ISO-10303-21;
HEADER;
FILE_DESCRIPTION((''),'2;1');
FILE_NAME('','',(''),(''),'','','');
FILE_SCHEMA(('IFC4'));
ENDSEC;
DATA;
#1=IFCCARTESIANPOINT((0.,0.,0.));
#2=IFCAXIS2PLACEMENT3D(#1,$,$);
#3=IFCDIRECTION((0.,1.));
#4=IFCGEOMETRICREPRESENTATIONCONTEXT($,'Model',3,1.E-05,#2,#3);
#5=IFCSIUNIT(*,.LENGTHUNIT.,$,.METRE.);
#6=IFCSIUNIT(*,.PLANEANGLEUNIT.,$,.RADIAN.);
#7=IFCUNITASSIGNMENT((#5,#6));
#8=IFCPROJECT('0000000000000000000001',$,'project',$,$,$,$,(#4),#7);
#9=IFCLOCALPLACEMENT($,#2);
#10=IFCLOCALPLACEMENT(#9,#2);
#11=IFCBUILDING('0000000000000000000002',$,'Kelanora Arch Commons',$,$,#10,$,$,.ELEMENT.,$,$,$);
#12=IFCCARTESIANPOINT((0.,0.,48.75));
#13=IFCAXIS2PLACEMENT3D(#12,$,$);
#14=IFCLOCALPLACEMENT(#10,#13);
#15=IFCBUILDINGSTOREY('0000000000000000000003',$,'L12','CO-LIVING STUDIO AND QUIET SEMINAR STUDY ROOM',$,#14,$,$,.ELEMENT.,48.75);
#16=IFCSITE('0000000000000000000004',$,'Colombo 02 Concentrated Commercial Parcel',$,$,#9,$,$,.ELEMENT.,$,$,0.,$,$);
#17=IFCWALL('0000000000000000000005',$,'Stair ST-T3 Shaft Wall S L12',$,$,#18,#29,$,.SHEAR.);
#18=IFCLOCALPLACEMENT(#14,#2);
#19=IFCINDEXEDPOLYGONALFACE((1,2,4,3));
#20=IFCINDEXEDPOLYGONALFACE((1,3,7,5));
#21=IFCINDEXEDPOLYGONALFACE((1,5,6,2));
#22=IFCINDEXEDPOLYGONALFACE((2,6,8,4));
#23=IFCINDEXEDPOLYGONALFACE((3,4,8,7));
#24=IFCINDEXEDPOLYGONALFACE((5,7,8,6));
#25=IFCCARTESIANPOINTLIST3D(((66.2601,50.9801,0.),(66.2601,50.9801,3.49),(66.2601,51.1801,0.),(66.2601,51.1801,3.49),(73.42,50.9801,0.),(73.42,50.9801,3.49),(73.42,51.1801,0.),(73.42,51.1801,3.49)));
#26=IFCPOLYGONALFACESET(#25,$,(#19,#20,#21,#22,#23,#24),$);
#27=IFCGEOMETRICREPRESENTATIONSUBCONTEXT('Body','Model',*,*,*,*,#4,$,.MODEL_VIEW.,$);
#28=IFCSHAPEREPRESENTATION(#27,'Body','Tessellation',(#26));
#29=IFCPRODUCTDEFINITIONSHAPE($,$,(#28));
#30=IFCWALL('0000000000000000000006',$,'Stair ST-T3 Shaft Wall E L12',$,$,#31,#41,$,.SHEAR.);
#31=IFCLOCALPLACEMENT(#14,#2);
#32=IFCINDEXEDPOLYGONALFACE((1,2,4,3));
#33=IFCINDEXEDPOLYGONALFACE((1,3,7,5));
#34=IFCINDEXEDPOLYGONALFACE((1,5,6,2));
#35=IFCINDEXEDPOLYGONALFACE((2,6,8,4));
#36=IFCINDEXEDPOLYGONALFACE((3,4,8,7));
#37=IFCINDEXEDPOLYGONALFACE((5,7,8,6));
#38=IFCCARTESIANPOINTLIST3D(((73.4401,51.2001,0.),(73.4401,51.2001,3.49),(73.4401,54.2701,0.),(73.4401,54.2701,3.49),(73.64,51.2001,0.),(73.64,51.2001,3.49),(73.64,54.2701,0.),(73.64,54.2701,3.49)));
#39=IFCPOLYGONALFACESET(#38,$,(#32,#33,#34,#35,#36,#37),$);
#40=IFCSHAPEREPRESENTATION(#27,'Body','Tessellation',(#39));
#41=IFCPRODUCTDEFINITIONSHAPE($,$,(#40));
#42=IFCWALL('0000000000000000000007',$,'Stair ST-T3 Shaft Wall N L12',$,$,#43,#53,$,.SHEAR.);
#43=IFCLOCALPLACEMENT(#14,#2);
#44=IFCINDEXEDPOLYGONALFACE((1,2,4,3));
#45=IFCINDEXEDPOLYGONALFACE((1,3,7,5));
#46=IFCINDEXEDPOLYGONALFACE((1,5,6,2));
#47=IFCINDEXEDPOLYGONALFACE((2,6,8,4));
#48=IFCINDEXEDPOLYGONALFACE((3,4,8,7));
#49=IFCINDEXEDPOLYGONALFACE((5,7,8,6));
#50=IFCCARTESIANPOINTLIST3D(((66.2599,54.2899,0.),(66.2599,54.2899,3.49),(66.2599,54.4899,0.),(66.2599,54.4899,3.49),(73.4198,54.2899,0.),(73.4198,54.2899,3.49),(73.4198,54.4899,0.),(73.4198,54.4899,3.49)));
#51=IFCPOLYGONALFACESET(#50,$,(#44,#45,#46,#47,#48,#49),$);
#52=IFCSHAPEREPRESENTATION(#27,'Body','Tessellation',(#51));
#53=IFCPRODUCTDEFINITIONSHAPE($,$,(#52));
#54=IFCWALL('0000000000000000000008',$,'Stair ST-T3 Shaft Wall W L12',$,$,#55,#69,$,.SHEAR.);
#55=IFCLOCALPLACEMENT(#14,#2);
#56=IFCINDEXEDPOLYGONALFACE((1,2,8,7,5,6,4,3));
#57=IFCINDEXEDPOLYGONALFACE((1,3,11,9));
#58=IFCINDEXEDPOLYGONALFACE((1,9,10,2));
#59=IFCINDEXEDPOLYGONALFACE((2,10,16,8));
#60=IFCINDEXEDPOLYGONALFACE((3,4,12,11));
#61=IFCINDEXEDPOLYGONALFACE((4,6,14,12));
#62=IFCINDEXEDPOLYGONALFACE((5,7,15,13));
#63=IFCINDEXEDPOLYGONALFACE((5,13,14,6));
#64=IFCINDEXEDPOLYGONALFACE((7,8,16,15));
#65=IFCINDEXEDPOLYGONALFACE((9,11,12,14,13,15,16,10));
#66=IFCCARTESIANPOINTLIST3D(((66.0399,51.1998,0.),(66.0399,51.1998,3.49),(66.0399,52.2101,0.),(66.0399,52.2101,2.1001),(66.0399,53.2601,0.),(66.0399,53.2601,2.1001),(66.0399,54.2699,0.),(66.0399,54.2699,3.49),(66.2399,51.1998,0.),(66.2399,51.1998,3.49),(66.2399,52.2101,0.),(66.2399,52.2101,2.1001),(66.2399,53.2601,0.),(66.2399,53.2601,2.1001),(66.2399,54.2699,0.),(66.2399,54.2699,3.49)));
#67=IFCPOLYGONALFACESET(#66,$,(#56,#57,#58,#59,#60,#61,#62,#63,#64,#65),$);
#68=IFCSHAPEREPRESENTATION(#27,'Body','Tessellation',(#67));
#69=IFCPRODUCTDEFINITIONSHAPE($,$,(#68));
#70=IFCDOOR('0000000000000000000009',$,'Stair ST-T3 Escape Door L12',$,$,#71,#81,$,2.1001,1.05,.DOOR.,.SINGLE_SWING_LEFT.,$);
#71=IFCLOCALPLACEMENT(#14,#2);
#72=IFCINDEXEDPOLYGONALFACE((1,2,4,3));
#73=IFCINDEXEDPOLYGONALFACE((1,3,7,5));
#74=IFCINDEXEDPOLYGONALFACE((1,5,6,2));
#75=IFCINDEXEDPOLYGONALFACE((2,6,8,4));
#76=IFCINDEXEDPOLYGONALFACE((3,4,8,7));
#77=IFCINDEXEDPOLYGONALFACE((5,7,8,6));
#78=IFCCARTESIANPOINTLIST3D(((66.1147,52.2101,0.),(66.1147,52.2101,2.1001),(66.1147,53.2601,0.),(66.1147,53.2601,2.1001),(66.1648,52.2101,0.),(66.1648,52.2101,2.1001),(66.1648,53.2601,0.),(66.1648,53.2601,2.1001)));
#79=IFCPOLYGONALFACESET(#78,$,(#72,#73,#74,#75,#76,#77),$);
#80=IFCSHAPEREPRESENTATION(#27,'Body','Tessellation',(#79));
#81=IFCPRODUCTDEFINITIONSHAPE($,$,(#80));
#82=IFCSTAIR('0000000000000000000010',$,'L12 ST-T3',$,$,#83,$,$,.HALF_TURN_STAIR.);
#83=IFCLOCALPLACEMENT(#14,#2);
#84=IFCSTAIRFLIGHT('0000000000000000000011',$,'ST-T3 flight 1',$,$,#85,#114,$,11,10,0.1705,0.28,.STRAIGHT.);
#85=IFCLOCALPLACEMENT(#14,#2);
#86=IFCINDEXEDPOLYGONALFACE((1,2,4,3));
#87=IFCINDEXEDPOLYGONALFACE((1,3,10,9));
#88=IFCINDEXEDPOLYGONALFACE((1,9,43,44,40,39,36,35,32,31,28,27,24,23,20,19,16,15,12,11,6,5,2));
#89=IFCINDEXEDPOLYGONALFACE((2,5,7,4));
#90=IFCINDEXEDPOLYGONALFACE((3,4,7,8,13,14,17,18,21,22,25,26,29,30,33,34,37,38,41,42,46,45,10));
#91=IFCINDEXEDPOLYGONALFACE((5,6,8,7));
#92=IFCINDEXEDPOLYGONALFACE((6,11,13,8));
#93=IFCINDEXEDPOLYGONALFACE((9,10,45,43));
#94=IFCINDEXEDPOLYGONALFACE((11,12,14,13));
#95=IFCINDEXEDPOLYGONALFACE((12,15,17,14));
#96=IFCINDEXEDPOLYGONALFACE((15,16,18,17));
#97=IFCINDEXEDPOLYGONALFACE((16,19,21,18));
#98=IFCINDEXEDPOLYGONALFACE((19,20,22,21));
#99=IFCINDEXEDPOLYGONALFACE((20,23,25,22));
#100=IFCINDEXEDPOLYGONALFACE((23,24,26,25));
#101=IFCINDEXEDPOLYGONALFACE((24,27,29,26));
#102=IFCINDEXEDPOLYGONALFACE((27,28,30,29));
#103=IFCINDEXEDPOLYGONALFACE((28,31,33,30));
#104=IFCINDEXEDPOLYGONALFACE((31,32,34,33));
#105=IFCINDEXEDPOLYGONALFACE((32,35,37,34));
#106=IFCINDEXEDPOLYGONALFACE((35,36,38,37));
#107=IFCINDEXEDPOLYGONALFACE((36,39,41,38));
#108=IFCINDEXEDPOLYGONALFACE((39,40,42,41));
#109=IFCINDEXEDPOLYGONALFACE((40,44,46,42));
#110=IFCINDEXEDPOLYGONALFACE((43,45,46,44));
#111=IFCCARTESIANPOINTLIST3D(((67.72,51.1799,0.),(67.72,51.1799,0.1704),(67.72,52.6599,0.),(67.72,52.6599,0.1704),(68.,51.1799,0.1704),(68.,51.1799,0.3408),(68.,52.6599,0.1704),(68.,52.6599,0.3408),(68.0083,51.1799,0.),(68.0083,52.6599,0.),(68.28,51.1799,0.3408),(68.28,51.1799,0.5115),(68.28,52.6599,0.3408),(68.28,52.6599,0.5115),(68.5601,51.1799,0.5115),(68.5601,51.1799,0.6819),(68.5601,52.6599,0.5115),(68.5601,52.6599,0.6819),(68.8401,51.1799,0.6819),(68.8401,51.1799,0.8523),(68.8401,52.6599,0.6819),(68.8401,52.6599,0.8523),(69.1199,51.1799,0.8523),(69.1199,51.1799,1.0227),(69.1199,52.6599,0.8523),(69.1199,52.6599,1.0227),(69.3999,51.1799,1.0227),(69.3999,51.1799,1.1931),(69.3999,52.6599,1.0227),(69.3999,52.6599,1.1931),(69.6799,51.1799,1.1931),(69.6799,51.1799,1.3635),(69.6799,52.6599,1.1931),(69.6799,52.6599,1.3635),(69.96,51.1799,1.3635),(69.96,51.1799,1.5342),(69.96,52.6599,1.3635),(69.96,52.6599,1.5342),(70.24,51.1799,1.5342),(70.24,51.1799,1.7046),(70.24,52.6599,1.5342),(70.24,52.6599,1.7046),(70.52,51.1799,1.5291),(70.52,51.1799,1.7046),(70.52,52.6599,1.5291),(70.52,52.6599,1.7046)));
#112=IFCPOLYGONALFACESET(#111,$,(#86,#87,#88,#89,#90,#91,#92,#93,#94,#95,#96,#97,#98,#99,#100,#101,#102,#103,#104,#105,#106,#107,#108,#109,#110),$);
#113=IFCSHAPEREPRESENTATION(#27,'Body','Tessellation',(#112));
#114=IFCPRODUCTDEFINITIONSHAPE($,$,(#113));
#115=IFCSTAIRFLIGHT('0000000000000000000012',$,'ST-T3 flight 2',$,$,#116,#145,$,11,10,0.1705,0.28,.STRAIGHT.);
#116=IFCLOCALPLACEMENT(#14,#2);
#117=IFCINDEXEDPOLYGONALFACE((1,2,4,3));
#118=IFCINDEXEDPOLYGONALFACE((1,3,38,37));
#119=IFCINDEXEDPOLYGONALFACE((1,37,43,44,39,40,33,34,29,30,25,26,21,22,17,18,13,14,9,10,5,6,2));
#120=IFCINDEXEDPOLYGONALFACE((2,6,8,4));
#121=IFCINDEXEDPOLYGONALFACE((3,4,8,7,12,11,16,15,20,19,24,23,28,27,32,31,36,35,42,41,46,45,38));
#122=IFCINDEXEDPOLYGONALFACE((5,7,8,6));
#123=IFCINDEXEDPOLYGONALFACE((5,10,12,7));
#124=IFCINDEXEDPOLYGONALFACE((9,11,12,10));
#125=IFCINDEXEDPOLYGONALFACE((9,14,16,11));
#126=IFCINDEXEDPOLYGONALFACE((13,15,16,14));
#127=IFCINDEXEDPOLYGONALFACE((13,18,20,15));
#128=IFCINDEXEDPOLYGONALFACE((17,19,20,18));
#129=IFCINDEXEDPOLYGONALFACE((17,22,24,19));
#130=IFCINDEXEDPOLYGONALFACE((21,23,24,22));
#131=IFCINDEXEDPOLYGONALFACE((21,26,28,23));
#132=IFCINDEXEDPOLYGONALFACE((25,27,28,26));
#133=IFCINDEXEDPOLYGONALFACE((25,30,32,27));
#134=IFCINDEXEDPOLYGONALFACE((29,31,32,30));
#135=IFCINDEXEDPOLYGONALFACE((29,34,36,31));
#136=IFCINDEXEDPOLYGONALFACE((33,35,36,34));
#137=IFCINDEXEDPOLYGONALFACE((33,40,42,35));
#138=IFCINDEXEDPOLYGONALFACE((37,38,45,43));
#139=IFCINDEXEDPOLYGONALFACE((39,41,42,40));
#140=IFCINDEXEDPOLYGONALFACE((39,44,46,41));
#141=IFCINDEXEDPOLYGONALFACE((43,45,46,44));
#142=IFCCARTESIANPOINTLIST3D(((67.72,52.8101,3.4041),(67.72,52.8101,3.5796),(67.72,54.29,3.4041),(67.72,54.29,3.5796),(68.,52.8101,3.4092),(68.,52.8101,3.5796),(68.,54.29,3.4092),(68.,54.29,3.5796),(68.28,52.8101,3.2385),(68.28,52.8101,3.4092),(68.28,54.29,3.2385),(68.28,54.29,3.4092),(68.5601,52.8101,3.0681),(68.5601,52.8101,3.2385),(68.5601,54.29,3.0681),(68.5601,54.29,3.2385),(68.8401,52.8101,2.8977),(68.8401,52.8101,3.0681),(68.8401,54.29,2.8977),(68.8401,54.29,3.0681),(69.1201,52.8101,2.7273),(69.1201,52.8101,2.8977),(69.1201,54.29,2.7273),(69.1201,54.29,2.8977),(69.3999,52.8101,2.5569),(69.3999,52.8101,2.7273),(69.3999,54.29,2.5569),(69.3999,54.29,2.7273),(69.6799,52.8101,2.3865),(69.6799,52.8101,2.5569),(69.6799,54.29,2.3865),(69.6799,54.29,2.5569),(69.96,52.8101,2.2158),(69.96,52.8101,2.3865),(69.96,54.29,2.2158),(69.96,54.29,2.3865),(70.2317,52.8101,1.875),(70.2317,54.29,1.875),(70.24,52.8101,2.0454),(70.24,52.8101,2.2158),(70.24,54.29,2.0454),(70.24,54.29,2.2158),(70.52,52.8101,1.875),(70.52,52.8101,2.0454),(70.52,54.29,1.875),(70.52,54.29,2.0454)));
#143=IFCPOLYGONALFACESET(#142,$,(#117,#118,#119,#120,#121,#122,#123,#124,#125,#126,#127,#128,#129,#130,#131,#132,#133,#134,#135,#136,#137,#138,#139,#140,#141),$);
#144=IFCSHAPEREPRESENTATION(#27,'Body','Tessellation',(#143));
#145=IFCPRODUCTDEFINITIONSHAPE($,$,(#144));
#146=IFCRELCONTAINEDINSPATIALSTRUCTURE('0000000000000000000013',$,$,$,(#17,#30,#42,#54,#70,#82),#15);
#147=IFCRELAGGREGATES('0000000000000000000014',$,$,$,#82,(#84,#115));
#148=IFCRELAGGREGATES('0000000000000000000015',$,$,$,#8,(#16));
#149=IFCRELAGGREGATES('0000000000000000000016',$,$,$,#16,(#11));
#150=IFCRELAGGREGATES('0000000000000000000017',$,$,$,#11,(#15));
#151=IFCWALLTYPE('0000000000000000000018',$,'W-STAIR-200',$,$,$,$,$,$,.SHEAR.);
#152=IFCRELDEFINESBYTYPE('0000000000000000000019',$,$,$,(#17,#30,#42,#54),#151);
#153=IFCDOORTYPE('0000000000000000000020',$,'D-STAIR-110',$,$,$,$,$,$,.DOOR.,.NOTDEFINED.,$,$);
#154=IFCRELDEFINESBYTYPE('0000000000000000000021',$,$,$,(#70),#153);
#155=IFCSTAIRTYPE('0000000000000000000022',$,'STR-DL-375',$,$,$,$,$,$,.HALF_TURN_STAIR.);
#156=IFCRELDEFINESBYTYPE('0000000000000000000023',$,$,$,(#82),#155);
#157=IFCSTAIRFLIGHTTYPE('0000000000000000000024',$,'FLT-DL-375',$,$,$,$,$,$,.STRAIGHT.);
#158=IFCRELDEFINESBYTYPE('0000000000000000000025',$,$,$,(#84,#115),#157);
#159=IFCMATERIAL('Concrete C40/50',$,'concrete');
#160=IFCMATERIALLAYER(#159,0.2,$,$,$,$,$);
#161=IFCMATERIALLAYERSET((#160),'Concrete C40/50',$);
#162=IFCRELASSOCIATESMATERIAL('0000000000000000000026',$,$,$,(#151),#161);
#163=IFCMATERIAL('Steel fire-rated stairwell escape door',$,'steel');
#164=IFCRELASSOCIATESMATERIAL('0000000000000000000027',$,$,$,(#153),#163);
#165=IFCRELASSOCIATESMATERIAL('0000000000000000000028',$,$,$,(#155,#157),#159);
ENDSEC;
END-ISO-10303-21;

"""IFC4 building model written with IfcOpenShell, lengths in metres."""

from ifc_helpers import new_model, si_unit, direction, frame, frame_2d, origin, place, context, subcontext, project, spatial, polyline, rectangle, outline, extrude, material, layer, layer_set, type_object, element, fill, aggregate, save


model = new_model("IFC4")

# Units and contexts
model_context = context("Model", 3, precision=1e-05, world=origin(), true_north=direction((0.0, 1.0)))
body_context = subcontext(model_context, "Body", "Model", "MODEL_VIEW")
ifc_project = project(units=[si_unit("LENGTHUNIT", "METRE"), si_unit("PLANEANGLEUNIT", "RADIAN")], contexts=[model_context])

# Site, building, storey
site_placement = place(None, origin())
site = spatial("IfcSite", under=ifc_project, at=site_placement, Name="Colombo 02 Concentrated Commercial Parcel", CompositionType="ELEMENT", RefElevation=0.0)
building_placement = place(site_placement, origin())
building = spatial("IfcBuilding", under=site, at=building_placement, Name="Kelanora Arch Commons", CompositionType="ELEMENT")
storey_placement = place(building_placement, frame((0.0, 0.0, 48.75)))
storey = spatial("IfcBuildingStorey", under=building, at=storey_placement, Name="L12", Description="CO-LIVING STUDIO AND QUIET SEMINAR STUDY ROOM", CompositionType="ELEMENT", Elevation=48.75)

# Shared definitions
ifc_material_1 = material(Name="Concrete C40/50", Category="concrete")

# Walls
ifc_layer_1 = layer(ifc_material_1, 0.2)
ifc_layer_set_1 = layer_set([ifc_layer_1], Name="Concrete C40/50")
wall_type_1 = type_object("IfcWallType", Name="W-STAIR-200", PredefinedType="SHEAR", material=ifc_layer_set_1)
wall_1_placement = place(storey_placement, frame((66.26, 51.0801, 0.0), z_axis=(0.0, 0.0, 1.0), x_axis=(1.0, 0.0, 0.0)))
element("IfcWall", 1, at=wall_1_placement, inside=storey, type_object=wall_type_1, Name="Stair ST-T3 Shaft Wall S L12", PredefinedType="SHEAR", context=body_context, shape_type="SweptSolid", body=[
    extrude(rectangle(XDim=7.1599, YDim=0.2, at=frame_2d((3.5801, 0.0))), origin(), (0.0, 0.0, 1.0), 3.49),
])
wall_2_placement = place(storey_placement, frame((73.54, 51.2, 0.0), z_axis=(0.0, 0.0, 1.0), x_axis=(0.0, 1.0, 0.0)))
element("IfcWall", 2, at=wall_2_placement, inside=storey, type_object=wall_type_1, Name="Stair ST-T3 Shaft Wall E L12", PredefinedType="SHEAR", context=body_context, shape_type="SweptSolid", body=[
    extrude(rectangle(XDim=3.0701, YDim=0.2, at=frame_2d((1.5352, 0.0))), origin(), (0.0, 0.0, 1.0), 3.49),
])
wall_3_placement = place(storey_placement, frame((73.4199, 54.3899, 0.0), z_axis=(0.0, 0.0, 1.0), x_axis=(-1.0, 0.0, 0.0)))
element("IfcWall", 3, at=wall_3_placement, inside=storey, type_object=wall_type_1, Name="Stair ST-T3 Shaft Wall N L12", PredefinedType="SHEAR", context=body_context, shape_type="SweptSolid", body=[
    extrude(rectangle(XDim=7.1599, YDim=0.2, at=frame_2d((3.5801, 0.0))), origin(), (0.0, 0.0, 1.0), 3.49),
])

# Wall, opening, door
wall_4_placement = place(storey_placement, frame((66.1399, 54.27, 0.0), z_axis=(0.0, 0.0, 1.0), x_axis=(0.0, -1.0, 0.0)))
wall_4 = element("IfcWall", 4, at=wall_4_placement, inside=storey, type_object=wall_type_1, Name="Stair ST-T3 Shaft Wall W L12", PredefinedType="SHEAR", context=body_context, shape_type="SweptSolid", body=[
    extrude(rectangle(XDim=3.0701, YDim=0.2, at=frame_2d((1.5352, 0.0))), origin(), (0.0, 0.0, 1.0), 3.49),
])
opening_1_placement = place(wall_4_placement, frame((1.01, 0.0, 0.0)))
opening_1 = element("IfcOpeningElement", 5, at=opening_1_placement, cuts=wall_4, PredefinedType="OPENING", context=body_context, shape_type="SweptSolid", body=[
    extrude(rectangle(XDim=1.05, YDim=2.1001, at=frame_2d((0.5249, 1.05))), frame((0.0, 0.1099, 0.0), z_axis=(0.0, -1.0, 0.0), x_axis=(1.0, 0.0, 0.0)), (0.0, 0.0, 1.0), 0.22),
])
ifc_material_2 = material(Name="Steel fire-rated stairwell escape door", Category="steel")
door_type_1 = type_object("IfcDoorType", Name="D-STAIR-110", OperationType="NOTDEFINED", PredefinedType="DOOR", material=ifc_material_2)
door_1_placement = place(opening_1_placement, origin())
door_1 = element("IfcDoor", 6, at=door_1_placement, inside=storey, type_object=door_type_1, Name="Stair ST-T3 Escape Door L12", OperationType="SINGLE_SWING_LEFT", OverallHeight=2.1001, OverallWidth=1.05, PredefinedType="DOOR", context=body_context, shape_type="SweptSolid", body=[
    extrude(rectangle(XDim=1.05, YDim=2.1001, at=frame_2d((0.5249, 1.05))), frame((0.0, 0.0249, 0.0), z_axis=(0.0, -1.0, 0.0), x_axis=(1.0, 0.0, 0.0)), (0.0, 0.0, 1.0), 0.05),
])
fill(opening_1, door_1)

# Stair, stair flights
stair_type = type_object("IfcStairType", Name="STR-DL-375", PredefinedType="HALF_TURN_STAIR", material=ifc_material_1)
stair_placement = place(storey_placement, origin())
stair = element("IfcStair", 7, at=stair_placement, inside=storey, type_object=stair_type, Name="L12 ST-T3", PredefinedType="HALF_TURN_STAIR")
stair_flight_type = type_object("IfcStairFlightType", Name="FLT-DL-375", PredefinedType="STRAIGHT", material=ifc_material_1)
stair_flight_1_placement = place(storey_placement, frame((67.72, 51.9199, 0.0), z_axis=(0.0, 0.0, 1.0), x_axis=(1.0, 0.0, 0.0)))
stair_flight_1 = element("IfcStairFlight", 8, at=stair_flight_1_placement, type_object=stair_flight_type, Name="ST-T3 flight 1", NumberOfRisers=11, NumberOfTreads=10, PredefinedType="STRAIGHT", RiserHeight=0.1705, TreadLength=0.28, context=body_context, shape_type="SweptSolid", body=[
    extrude(outline(polyline([(0.0, 0.0), (0.0, 0.1704), (0.28, 0.1704), (0.28, 0.3408), (0.5601, 0.3408), (0.5601, 0.5115), (0.8401, 0.5115), (0.8401, 0.6819), (1.1201, 0.6819), (1.1201, 0.8523), (1.3999, 0.8523), (1.3999, 1.0227), (1.6799, 1.0227), (1.6799, 1.1931), (1.96, 1.1931), (1.96, 1.3635), (2.24, 1.3635), (2.24, 1.5342), (2.52, 1.5342), (2.52, 1.7046), (2.8, 1.7046), (2.8, 1.875), (2.8, 1.5291), (0.2883, 0.0), (0.0, 0.0)])), frame((0.0, 0.74, 0.0), z_axis=(0.0, -1.0, 0.0), x_axis=(1.0, 0.0, 0.0)), (0.0, 0.0, 1.0), 1.48),
])
stair_flight_2_placement = place(storey_placement, frame((70.52, 53.55, 1.875), z_axis=(0.0, 0.0, 1.0), x_axis=(-1.0, 0.0, 0.0)))
stair_flight_2 = element("IfcStairFlight", 9, at=stair_flight_2_placement, type_object=stair_flight_type, Name="ST-T3 flight 2", NumberOfRisers=11, NumberOfTreads=10, PredefinedType="STRAIGHT", RiserHeight=0.1705, TreadLength=0.28, context=body_context, shape_type="SweptSolid", body=[
    extrude(outline(polyline([(0.0, 0.0), (0.0, 0.1704), (0.28, 0.1704), (0.28, 0.3408), (0.5601, 0.3408), (0.5601, 0.5115), (0.8401, 0.5115), (0.8401, 0.6819), (1.1201, 0.6819), (1.1201, 0.8523), (1.3999, 0.8523), (1.3999, 1.0227), (1.6799, 1.0227), (1.6799, 1.1931), (1.96, 1.1931), (1.96, 1.3635), (2.24, 1.3635), (2.24, 1.5342), (2.52, 1.5342), (2.52, 1.7046), (2.8, 1.7046), (2.8, 1.875), (2.8, 1.5291), (0.2883, 0.0), (0.0, 0.0)])), frame((0.0, 0.74, 0.0), z_axis=(0.0, -1.0, 0.0), x_axis=(1.0, 0.0, 0.0)), (0.0, 0.0, 1.0), 1.48),
])
aggregate(stair, [stair_flight_1, stair_flight_2])

save(model, "model.ifc")
